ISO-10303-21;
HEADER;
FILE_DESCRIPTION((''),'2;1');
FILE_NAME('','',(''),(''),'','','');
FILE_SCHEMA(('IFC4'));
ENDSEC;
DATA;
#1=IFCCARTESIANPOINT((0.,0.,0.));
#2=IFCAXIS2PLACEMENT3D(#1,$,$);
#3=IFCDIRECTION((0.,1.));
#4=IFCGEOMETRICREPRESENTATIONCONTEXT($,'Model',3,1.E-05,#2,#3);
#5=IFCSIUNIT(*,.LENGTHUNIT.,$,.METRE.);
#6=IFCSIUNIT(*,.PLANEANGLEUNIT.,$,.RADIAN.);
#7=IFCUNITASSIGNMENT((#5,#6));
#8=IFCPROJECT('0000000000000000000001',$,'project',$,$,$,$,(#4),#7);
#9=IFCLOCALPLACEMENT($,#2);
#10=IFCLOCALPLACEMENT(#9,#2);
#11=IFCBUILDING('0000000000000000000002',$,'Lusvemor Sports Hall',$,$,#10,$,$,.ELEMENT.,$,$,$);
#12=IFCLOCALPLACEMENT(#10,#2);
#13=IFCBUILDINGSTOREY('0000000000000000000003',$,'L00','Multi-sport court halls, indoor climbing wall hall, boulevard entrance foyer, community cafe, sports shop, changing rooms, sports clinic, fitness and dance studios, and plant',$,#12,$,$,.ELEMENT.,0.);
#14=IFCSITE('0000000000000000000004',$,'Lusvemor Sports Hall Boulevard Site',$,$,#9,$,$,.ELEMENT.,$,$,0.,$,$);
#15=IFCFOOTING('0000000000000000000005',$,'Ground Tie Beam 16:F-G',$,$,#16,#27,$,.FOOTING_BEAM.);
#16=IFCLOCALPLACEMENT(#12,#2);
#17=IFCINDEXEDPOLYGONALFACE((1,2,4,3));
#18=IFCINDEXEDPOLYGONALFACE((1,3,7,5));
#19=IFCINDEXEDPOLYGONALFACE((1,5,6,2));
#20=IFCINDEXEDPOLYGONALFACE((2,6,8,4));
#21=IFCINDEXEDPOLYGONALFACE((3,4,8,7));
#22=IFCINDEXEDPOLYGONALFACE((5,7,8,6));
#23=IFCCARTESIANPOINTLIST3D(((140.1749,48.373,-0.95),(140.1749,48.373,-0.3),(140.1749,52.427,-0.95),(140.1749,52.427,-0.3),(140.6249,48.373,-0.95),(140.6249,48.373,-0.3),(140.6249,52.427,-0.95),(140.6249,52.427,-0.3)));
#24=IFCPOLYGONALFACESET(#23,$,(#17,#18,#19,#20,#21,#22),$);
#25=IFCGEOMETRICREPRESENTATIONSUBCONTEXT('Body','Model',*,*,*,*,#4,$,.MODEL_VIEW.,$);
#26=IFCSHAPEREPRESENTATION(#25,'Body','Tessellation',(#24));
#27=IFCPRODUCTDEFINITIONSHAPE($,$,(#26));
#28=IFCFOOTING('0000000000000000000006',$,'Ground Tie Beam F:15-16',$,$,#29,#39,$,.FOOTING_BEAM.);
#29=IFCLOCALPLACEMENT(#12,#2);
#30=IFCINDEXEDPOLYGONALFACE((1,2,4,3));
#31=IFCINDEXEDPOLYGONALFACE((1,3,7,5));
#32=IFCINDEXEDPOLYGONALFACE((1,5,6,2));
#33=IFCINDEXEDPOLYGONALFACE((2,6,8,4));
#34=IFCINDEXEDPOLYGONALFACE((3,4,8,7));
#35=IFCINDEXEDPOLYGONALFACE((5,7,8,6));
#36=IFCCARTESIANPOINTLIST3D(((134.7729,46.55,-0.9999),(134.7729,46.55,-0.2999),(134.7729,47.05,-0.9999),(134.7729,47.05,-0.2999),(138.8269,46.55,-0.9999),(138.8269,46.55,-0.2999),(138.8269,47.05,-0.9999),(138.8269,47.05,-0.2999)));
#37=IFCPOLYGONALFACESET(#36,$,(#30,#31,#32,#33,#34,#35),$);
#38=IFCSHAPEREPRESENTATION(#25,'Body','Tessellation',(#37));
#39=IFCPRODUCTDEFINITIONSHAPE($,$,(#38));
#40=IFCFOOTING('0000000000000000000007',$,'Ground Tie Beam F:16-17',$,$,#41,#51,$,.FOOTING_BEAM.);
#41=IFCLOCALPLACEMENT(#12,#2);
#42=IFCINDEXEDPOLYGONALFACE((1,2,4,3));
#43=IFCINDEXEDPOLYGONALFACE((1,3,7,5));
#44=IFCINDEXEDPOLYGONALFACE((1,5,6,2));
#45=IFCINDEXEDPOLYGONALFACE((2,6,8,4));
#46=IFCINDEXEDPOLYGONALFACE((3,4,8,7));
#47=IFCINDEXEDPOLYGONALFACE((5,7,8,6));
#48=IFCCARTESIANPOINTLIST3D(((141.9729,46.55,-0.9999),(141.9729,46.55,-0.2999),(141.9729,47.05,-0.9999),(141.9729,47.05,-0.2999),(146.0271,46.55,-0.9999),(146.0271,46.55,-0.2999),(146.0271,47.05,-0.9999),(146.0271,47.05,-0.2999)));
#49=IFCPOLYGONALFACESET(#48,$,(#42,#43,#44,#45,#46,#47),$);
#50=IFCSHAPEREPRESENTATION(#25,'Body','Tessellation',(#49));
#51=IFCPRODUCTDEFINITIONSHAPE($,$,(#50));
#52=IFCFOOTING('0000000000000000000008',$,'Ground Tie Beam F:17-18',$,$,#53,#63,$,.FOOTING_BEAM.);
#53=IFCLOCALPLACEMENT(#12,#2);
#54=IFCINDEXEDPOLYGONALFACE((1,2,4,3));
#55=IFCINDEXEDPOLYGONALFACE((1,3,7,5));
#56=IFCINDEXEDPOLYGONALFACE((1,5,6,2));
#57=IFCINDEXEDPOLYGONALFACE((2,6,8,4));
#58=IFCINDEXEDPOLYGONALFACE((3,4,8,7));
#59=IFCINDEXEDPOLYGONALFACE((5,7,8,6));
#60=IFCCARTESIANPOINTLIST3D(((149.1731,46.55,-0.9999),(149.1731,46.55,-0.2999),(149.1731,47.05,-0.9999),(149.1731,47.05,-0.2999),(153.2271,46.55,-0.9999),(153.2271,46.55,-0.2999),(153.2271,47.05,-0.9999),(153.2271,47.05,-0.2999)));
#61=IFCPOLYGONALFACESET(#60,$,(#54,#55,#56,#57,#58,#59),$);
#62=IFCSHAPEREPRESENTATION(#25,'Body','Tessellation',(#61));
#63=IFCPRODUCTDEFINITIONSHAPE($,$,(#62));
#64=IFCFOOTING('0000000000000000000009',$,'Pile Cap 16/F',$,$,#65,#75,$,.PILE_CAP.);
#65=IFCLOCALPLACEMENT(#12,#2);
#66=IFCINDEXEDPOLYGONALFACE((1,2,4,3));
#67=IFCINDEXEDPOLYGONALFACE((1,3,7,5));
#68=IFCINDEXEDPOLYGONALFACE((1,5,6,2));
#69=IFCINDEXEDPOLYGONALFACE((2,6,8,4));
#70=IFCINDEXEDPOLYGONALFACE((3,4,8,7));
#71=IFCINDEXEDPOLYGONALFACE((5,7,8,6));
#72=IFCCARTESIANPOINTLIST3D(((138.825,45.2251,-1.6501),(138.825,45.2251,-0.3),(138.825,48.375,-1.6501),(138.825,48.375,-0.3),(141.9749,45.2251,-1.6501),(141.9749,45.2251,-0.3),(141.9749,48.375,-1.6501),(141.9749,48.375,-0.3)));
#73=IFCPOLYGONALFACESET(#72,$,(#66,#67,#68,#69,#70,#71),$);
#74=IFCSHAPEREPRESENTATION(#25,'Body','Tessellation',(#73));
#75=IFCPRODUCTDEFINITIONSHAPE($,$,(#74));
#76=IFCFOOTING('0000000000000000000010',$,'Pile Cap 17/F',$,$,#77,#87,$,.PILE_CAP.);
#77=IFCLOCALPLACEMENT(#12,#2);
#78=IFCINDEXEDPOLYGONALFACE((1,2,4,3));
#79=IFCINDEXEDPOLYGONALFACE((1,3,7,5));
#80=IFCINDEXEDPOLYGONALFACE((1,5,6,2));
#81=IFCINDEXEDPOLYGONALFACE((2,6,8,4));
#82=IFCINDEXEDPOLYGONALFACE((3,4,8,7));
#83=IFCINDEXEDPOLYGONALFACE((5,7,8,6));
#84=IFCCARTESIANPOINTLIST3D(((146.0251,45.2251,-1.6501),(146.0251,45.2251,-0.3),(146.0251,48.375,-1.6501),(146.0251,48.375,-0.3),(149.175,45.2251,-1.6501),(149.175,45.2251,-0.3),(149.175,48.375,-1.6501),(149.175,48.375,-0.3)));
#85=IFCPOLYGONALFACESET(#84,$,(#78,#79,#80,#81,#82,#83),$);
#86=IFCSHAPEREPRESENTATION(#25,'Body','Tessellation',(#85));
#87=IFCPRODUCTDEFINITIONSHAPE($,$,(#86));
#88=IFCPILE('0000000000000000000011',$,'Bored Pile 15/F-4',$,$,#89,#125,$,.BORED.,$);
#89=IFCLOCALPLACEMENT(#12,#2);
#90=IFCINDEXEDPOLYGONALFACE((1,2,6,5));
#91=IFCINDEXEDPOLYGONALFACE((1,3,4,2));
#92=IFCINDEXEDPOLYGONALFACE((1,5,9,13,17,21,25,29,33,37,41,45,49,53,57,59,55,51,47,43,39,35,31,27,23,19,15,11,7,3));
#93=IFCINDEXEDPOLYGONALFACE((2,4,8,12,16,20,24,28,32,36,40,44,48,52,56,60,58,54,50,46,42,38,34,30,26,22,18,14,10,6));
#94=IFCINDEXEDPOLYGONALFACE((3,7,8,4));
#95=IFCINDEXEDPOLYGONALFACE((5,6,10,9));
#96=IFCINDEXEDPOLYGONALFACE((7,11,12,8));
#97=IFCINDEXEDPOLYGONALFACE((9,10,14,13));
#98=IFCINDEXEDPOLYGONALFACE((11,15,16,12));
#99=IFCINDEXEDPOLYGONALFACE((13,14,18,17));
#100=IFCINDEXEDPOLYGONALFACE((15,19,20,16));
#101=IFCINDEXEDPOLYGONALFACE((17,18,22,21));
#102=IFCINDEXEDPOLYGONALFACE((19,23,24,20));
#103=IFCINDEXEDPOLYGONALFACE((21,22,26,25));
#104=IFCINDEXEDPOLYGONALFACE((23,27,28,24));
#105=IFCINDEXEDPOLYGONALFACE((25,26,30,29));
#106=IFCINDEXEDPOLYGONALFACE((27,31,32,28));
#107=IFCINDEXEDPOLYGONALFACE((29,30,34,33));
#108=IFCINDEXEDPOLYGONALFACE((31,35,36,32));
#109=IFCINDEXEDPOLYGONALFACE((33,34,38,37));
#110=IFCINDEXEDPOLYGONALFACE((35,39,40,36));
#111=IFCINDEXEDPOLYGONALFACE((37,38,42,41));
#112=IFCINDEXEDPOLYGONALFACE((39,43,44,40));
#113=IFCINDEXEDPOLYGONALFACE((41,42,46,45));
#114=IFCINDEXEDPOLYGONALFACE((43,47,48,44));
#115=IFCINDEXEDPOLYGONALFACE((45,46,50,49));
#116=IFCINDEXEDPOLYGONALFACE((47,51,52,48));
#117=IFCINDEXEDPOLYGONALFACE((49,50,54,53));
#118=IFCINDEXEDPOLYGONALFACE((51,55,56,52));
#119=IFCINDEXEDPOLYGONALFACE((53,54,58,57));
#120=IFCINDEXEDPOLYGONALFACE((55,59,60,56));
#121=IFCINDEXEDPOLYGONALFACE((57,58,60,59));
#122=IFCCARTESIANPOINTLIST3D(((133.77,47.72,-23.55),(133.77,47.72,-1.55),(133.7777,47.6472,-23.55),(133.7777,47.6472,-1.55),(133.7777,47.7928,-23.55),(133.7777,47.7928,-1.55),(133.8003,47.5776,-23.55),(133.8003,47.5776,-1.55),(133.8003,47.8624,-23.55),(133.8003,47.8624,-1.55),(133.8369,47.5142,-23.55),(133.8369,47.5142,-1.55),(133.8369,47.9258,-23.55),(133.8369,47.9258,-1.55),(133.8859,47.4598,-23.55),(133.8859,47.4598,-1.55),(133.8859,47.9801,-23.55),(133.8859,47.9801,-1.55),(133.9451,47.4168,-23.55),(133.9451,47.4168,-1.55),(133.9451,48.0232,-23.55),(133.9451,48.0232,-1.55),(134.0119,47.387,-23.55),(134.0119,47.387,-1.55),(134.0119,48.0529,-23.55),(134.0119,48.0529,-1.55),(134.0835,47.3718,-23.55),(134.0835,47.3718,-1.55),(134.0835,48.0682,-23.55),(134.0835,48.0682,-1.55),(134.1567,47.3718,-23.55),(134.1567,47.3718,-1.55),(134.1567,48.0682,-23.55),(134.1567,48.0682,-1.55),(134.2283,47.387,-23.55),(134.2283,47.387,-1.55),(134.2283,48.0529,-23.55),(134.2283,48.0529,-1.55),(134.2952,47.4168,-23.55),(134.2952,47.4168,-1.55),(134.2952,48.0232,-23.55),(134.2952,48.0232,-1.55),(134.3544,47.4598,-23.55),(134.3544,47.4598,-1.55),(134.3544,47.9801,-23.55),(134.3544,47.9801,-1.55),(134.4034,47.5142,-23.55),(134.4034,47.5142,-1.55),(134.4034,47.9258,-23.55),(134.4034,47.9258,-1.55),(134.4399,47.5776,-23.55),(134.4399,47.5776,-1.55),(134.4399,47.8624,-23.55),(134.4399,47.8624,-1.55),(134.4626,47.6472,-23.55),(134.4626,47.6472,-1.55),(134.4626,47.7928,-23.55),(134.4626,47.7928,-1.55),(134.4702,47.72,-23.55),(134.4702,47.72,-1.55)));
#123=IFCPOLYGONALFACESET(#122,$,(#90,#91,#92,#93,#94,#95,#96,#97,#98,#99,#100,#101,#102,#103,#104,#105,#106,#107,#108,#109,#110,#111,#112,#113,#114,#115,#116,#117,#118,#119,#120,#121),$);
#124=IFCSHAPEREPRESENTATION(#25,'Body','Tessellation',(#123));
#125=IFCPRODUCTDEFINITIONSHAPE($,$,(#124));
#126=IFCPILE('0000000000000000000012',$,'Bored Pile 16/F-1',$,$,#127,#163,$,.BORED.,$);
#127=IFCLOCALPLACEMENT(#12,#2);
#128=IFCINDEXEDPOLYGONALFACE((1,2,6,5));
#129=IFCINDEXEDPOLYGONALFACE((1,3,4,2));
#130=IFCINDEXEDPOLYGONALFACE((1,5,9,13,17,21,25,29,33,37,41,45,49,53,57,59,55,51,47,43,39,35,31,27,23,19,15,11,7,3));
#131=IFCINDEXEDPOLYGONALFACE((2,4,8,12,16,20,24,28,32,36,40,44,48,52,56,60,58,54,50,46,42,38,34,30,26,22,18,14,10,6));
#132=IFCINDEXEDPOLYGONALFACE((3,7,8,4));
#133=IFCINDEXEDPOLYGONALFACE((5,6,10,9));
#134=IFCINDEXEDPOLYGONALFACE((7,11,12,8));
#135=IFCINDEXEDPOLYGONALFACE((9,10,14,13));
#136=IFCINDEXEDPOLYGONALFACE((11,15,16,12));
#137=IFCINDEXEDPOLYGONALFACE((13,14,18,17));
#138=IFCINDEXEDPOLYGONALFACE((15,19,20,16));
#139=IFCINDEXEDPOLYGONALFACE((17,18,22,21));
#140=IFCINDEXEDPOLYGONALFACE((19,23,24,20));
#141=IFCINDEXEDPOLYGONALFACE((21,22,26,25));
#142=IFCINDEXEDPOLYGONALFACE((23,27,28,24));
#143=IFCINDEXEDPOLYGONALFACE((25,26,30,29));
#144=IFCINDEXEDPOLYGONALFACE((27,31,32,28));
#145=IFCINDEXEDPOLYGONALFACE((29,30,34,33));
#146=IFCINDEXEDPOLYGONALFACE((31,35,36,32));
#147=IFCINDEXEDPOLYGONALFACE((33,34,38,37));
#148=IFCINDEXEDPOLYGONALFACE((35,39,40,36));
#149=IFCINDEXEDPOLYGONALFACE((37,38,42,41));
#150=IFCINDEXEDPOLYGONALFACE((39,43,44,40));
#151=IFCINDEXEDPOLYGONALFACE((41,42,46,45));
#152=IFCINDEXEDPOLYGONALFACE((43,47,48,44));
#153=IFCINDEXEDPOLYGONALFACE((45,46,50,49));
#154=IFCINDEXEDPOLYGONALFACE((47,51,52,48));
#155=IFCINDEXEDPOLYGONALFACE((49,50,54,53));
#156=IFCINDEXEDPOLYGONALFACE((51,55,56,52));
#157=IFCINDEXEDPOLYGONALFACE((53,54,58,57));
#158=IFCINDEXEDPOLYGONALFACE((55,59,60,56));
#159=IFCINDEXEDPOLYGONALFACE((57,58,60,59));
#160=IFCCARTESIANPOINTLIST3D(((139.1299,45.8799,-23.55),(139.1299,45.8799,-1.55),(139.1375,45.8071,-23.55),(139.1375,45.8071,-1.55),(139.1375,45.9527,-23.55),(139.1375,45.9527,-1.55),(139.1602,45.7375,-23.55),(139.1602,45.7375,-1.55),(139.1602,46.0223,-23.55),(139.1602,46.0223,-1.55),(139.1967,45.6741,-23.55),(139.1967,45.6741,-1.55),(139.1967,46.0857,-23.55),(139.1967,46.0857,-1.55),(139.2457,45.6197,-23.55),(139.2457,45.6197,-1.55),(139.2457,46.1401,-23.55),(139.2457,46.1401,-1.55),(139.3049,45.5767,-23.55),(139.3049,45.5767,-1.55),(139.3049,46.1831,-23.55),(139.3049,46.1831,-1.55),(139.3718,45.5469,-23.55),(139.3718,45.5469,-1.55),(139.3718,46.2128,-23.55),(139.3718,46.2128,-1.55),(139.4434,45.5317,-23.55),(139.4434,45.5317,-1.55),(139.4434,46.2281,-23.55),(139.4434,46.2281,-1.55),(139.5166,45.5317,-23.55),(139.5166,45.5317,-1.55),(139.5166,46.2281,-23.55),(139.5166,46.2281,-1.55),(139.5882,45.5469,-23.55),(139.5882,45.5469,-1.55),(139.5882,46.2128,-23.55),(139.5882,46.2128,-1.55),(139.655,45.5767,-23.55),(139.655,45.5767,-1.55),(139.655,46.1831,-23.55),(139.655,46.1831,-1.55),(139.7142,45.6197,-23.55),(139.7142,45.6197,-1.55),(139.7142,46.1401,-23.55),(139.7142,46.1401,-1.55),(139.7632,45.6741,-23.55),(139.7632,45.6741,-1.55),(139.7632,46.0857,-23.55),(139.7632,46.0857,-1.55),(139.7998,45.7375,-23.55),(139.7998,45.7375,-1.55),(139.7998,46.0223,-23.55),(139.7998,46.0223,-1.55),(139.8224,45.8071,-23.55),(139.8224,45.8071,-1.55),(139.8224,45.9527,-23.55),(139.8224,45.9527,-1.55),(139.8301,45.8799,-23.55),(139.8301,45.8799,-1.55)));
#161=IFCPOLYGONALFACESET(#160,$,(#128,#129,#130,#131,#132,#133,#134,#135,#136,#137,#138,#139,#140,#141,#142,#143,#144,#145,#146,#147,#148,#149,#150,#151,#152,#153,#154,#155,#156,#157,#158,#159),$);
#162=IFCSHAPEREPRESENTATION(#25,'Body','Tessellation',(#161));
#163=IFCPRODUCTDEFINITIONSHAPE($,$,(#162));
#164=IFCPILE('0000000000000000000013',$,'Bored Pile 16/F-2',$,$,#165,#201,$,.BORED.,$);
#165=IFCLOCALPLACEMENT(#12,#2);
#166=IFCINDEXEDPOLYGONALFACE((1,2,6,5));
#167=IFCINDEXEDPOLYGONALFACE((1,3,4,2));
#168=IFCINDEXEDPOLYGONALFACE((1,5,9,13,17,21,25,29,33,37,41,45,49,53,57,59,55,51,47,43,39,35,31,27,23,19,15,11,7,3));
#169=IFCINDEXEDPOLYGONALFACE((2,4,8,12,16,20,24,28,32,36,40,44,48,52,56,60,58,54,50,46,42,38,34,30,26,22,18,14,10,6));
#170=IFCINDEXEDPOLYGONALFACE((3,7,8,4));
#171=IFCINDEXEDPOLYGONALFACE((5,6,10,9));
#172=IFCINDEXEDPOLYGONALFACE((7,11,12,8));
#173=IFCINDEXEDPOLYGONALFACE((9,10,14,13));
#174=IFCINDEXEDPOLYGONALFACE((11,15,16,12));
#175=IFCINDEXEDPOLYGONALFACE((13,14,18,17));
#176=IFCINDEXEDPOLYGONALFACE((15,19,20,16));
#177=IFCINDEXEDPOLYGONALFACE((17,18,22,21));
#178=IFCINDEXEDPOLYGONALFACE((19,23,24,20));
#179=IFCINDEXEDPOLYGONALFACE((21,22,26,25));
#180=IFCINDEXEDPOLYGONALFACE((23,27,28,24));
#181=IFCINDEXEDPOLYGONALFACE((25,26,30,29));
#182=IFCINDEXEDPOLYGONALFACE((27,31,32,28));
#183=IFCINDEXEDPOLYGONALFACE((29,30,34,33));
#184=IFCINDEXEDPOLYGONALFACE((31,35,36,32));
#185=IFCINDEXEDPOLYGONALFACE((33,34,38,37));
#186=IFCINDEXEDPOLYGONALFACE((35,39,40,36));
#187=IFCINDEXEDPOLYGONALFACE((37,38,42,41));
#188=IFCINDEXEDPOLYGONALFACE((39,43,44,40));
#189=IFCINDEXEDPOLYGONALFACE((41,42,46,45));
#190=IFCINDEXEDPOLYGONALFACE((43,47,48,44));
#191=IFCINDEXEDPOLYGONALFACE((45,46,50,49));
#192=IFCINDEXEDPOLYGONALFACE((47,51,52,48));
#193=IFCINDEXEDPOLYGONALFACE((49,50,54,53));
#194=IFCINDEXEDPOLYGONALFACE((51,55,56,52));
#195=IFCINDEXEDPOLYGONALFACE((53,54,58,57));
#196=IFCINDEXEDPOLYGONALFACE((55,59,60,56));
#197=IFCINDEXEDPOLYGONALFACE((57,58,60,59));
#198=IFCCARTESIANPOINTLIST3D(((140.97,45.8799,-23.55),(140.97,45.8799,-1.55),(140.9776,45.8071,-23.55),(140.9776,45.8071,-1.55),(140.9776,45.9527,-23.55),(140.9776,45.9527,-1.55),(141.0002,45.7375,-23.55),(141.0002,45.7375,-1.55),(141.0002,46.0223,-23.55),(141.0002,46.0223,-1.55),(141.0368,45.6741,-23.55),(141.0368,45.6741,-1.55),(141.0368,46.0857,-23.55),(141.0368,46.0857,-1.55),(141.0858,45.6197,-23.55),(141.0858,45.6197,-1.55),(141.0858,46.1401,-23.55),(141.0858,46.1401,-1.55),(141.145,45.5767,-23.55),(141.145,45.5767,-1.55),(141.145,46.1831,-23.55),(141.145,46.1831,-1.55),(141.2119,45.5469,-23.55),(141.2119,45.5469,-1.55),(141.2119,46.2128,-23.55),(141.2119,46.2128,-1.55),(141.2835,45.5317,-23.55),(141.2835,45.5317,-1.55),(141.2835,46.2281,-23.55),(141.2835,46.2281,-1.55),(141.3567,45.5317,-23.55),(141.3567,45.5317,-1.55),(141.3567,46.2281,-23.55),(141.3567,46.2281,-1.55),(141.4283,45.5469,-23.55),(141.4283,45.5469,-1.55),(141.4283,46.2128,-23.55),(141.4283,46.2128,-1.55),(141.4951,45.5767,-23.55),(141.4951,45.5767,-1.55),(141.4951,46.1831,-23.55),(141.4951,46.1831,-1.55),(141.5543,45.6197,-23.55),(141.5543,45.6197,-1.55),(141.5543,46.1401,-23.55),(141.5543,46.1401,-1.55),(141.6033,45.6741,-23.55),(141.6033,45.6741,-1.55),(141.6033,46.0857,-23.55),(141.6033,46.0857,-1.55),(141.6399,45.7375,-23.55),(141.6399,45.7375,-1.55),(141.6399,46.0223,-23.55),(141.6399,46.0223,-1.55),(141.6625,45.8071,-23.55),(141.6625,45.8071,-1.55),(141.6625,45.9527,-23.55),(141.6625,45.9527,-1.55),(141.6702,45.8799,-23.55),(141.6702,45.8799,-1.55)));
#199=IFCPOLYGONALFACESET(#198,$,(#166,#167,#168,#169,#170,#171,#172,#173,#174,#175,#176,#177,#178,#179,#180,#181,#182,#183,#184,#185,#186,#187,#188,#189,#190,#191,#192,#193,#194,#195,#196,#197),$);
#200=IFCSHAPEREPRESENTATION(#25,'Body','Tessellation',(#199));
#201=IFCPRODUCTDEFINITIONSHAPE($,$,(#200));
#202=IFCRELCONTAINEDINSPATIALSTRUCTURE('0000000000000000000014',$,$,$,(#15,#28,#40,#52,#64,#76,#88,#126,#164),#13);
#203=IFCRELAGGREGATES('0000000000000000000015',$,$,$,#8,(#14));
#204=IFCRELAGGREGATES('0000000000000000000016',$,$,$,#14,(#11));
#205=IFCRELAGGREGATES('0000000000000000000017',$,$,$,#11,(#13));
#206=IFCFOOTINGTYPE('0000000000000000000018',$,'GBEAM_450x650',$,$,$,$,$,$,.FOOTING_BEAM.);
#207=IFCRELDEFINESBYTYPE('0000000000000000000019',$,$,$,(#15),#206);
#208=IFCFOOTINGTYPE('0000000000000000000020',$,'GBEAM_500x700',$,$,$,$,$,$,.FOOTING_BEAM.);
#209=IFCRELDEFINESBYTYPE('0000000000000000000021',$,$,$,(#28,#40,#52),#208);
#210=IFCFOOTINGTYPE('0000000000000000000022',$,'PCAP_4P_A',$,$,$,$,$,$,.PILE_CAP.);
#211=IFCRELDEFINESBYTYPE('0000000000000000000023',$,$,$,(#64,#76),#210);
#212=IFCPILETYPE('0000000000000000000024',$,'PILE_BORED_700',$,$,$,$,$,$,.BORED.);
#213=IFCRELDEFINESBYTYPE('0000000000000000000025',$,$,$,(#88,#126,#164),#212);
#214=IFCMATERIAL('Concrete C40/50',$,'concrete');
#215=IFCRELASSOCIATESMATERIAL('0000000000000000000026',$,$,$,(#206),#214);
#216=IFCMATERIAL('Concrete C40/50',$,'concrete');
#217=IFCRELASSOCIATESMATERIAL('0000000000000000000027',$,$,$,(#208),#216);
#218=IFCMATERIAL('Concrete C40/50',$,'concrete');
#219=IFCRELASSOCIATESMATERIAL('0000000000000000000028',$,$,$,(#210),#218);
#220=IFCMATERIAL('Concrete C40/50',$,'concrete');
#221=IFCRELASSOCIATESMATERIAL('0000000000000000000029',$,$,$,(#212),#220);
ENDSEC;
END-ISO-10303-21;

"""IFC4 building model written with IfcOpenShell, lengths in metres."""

from ifc_helpers import new_model, si_unit, direction, frame, origin, origin_2d, place, context, subcontext, project, spatial, rectangle, circle, extrude, material, material_profile, profile_set, type_object, element, save


model = new_model("IFC4")

# Units and contexts
model_context = context("Model", 3, precision=1e-05, world=origin(), true_north=direction((0.0, 1.0)))
body_context = subcontext(model_context, "Body", "Model", "MODEL_VIEW")
ifc_project = project(units=[si_unit("LENGTHUNIT", "METRE"), si_unit("PLANEANGLEUNIT", "RADIAN")], contexts=[model_context])

# Site, building, storey
site_placement = place(None, origin())
site = spatial("IfcSite", under=ifc_project, at=site_placement, Name="Lusvemor Sports Hall Boulevard Site", CompositionType="ELEMENT", RefElevation=0.0)
building_placement = place(site_placement, origin())
building = spatial("IfcBuilding", under=site, at=building_placement, Name="Lusvemor Sports Hall", CompositionType="ELEMENT")
storey_placement = place(building_placement, origin())
storey = spatial("IfcBuildingStorey", under=building, at=storey_placement, Name="L00", Description="Multi-sport court halls, indoor climbing wall hall, boulevard entrance foyer, community cafe, sports shop, changing rooms, sports clinic, fitness and dance studios, and plant", CompositionType="ELEMENT", Elevation=0.0)

# Footings
ifc_material_1 = material(Name="Concrete C40/50", Category="concrete")
ifc_material_profile_1 = material_profile(ifc_material_1, rectangle(XDim=0.45, YDim=0.6499, at=origin_2d()), Name="GB_450x650")
ifc_profile_set_1 = profile_set([ifc_material_profile_1], Name="Concrete C40/50")
footing_type_1 = type_object("IfcFootingType", Name="GBEAM_450x650", PredefinedType="FOOTING_BEAM", material=ifc_profile_set_1)
footing_1_placement = place(storey_placement, frame((140.3999, 48.373, -0.625), z_axis=(0.0, 1.0, 0.0), x_axis=(-1.0, 0.0, 0.0)))
element("IfcFooting", 1, at=footing_1_placement, inside=storey, type_object=footing_type_1, Name="Ground Tie Beam 16:F-G", PredefinedType="FOOTING_BEAM", context=body_context, shape_type="SweptSolid", body=[
    extrude(rectangle(XDim=0.45, YDim=0.6499, at=origin_2d()), origin(), (0.0, 0.0, 1.0), 4.054),
])
ifc_material_2 = material(Name="Concrete C40/50", Category="concrete")
ifc_material_profile_2 = material_profile(ifc_material_2, rectangle(XDim=0.5, YDim=0.7, at=origin_2d()), Name="GB_500x700")
ifc_profile_set_2 = profile_set([ifc_material_profile_2], Name="Concrete C40/50")
footing_type_2 = type_object("IfcFootingType", Name="GBEAM_500x700", PredefinedType="FOOTING_BEAM", material=ifc_profile_set_2)
footing_2_placement = place(storey_placement, frame((134.7729, 46.8, -0.6499), z_axis=(1.0, 0.0, 0.0), x_axis=(0.0, 1.0, 0.0)))
element("IfcFooting", 2, at=footing_2_placement, inside=storey, type_object=footing_type_2, Name="Ground Tie Beam F:15-16", PredefinedType="FOOTING_BEAM", context=body_context, shape_type="SweptSolid", body=[
    extrude(rectangle(XDim=0.5, YDim=0.7, at=origin_2d()), origin(), (0.0, 0.0, 1.0), 4.054),
])
footing_3_placement = place(storey_placement, frame((141.9729, 46.8, -0.6499), z_axis=(1.0, 0.0, 0.0), x_axis=(0.0, 1.0, 0.0)))
element("IfcFooting", 3, at=footing_3_placement, inside=storey, type_object=footing_type_2, Name="Ground Tie Beam F:16-17", PredefinedType="FOOTING_BEAM", context=body_context, shape_type="SweptSolid", body=[
    extrude(rectangle(XDim=0.5, YDim=0.7, at=origin_2d()), origin(), (0.0, 0.0, 1.0), 4.0542),
])
footing_4_placement = place(storey_placement, frame((149.1731, 46.8, -0.6499), z_axis=(1.0, 0.0, 0.0), x_axis=(0.0, 1.0, 0.0)))
element("IfcFooting", 4, at=footing_4_placement, inside=storey, type_object=footing_type_2, Name="Ground Tie Beam F:17-18", PredefinedType="FOOTING_BEAM", context=body_context, shape_type="SweptSolid", body=[
    extrude(rectangle(XDim=0.5, YDim=0.7, at=origin_2d()), origin(), (0.0, 0.0, 1.0), 4.054),
])
ifc_material_3 = material(Name="Concrete C40/50", Category="concrete")
footing_type_3 = type_object("IfcFootingType", Name="PCAP_4P_A", PredefinedType="PILE_CAP", material=ifc_material_3)
for number, where, z_axis, x_axis, name in (
    (5, (140.3999, 46.8, -1.6501), (0.0, 0.0, 1.0), (1.0, 0.0, 0.0), "Pile Cap 16/F"),
    (6, (147.6001, 46.8, -1.6501), (0.0, 0.0, 1.0), (1.0, 0.0, 0.0), "Pile Cap 17/F"),
):
    element("IfcFooting", number, at=place(storey_placement, frame(where, z_axis=z_axis, x_axis=x_axis)), inside=storey, type_object=footing_type_3, Name=name, PredefinedType="PILE_CAP", context=body_context, shape_type="SweptSolid", body=[
        extrude(rectangle(XDim=3.1499, YDim=3.1499, at=origin_2d()), origin(), (0.0, 0.0, 1.0), 1.3501),
    ])

# Piles
ifc_material_4 = material(Name="Concrete C40/50", Category="concrete")
ifc_material_profile_3 = material_profile(ifc_material_4, circle(Radius=0.3501, at=origin_2d()), Name="PILE700")
ifc_profile_set_3 = profile_set([ifc_material_profile_3], Name="Concrete C40/50")
pile_type = type_object("IfcPileType", Name="PILE_BORED_700", PredefinedType="BORED", material=ifc_profile_set_3)
for number, where, z_axis, x_axis, name in (
    (7, (134.1201, 47.72, -1.55), (0.0, 0.0, -1.0), (1.0, 0.0, 0.0), "Bored Pile 15/F-4"),
    (8, (139.48, 45.8799, -1.55), (0.0, 0.0, -1.0), (1.0, 0.0, 0.0), "Bored Pile 16/F-1"),
    (9, (141.3201, 45.8799, -1.55), (0.0, 0.0, -1.0), (1.0, 0.0, 0.0), "Bored Pile 16/F-2"),
):
    element("IfcPile", number, at=place(storey_placement, frame(where, z_axis=z_axis, x_axis=x_axis)), inside=storey, type_object=pile_type, Name=name, PredefinedType="BORED", context=body_context, shape_type="SweptSolid", body=[
        extrude(circle(Radius=0.3501, at=origin_2d()), origin(), (0.0, 0.0, 1.0), 22.0),
    ])

save(model, "model.ifc")
